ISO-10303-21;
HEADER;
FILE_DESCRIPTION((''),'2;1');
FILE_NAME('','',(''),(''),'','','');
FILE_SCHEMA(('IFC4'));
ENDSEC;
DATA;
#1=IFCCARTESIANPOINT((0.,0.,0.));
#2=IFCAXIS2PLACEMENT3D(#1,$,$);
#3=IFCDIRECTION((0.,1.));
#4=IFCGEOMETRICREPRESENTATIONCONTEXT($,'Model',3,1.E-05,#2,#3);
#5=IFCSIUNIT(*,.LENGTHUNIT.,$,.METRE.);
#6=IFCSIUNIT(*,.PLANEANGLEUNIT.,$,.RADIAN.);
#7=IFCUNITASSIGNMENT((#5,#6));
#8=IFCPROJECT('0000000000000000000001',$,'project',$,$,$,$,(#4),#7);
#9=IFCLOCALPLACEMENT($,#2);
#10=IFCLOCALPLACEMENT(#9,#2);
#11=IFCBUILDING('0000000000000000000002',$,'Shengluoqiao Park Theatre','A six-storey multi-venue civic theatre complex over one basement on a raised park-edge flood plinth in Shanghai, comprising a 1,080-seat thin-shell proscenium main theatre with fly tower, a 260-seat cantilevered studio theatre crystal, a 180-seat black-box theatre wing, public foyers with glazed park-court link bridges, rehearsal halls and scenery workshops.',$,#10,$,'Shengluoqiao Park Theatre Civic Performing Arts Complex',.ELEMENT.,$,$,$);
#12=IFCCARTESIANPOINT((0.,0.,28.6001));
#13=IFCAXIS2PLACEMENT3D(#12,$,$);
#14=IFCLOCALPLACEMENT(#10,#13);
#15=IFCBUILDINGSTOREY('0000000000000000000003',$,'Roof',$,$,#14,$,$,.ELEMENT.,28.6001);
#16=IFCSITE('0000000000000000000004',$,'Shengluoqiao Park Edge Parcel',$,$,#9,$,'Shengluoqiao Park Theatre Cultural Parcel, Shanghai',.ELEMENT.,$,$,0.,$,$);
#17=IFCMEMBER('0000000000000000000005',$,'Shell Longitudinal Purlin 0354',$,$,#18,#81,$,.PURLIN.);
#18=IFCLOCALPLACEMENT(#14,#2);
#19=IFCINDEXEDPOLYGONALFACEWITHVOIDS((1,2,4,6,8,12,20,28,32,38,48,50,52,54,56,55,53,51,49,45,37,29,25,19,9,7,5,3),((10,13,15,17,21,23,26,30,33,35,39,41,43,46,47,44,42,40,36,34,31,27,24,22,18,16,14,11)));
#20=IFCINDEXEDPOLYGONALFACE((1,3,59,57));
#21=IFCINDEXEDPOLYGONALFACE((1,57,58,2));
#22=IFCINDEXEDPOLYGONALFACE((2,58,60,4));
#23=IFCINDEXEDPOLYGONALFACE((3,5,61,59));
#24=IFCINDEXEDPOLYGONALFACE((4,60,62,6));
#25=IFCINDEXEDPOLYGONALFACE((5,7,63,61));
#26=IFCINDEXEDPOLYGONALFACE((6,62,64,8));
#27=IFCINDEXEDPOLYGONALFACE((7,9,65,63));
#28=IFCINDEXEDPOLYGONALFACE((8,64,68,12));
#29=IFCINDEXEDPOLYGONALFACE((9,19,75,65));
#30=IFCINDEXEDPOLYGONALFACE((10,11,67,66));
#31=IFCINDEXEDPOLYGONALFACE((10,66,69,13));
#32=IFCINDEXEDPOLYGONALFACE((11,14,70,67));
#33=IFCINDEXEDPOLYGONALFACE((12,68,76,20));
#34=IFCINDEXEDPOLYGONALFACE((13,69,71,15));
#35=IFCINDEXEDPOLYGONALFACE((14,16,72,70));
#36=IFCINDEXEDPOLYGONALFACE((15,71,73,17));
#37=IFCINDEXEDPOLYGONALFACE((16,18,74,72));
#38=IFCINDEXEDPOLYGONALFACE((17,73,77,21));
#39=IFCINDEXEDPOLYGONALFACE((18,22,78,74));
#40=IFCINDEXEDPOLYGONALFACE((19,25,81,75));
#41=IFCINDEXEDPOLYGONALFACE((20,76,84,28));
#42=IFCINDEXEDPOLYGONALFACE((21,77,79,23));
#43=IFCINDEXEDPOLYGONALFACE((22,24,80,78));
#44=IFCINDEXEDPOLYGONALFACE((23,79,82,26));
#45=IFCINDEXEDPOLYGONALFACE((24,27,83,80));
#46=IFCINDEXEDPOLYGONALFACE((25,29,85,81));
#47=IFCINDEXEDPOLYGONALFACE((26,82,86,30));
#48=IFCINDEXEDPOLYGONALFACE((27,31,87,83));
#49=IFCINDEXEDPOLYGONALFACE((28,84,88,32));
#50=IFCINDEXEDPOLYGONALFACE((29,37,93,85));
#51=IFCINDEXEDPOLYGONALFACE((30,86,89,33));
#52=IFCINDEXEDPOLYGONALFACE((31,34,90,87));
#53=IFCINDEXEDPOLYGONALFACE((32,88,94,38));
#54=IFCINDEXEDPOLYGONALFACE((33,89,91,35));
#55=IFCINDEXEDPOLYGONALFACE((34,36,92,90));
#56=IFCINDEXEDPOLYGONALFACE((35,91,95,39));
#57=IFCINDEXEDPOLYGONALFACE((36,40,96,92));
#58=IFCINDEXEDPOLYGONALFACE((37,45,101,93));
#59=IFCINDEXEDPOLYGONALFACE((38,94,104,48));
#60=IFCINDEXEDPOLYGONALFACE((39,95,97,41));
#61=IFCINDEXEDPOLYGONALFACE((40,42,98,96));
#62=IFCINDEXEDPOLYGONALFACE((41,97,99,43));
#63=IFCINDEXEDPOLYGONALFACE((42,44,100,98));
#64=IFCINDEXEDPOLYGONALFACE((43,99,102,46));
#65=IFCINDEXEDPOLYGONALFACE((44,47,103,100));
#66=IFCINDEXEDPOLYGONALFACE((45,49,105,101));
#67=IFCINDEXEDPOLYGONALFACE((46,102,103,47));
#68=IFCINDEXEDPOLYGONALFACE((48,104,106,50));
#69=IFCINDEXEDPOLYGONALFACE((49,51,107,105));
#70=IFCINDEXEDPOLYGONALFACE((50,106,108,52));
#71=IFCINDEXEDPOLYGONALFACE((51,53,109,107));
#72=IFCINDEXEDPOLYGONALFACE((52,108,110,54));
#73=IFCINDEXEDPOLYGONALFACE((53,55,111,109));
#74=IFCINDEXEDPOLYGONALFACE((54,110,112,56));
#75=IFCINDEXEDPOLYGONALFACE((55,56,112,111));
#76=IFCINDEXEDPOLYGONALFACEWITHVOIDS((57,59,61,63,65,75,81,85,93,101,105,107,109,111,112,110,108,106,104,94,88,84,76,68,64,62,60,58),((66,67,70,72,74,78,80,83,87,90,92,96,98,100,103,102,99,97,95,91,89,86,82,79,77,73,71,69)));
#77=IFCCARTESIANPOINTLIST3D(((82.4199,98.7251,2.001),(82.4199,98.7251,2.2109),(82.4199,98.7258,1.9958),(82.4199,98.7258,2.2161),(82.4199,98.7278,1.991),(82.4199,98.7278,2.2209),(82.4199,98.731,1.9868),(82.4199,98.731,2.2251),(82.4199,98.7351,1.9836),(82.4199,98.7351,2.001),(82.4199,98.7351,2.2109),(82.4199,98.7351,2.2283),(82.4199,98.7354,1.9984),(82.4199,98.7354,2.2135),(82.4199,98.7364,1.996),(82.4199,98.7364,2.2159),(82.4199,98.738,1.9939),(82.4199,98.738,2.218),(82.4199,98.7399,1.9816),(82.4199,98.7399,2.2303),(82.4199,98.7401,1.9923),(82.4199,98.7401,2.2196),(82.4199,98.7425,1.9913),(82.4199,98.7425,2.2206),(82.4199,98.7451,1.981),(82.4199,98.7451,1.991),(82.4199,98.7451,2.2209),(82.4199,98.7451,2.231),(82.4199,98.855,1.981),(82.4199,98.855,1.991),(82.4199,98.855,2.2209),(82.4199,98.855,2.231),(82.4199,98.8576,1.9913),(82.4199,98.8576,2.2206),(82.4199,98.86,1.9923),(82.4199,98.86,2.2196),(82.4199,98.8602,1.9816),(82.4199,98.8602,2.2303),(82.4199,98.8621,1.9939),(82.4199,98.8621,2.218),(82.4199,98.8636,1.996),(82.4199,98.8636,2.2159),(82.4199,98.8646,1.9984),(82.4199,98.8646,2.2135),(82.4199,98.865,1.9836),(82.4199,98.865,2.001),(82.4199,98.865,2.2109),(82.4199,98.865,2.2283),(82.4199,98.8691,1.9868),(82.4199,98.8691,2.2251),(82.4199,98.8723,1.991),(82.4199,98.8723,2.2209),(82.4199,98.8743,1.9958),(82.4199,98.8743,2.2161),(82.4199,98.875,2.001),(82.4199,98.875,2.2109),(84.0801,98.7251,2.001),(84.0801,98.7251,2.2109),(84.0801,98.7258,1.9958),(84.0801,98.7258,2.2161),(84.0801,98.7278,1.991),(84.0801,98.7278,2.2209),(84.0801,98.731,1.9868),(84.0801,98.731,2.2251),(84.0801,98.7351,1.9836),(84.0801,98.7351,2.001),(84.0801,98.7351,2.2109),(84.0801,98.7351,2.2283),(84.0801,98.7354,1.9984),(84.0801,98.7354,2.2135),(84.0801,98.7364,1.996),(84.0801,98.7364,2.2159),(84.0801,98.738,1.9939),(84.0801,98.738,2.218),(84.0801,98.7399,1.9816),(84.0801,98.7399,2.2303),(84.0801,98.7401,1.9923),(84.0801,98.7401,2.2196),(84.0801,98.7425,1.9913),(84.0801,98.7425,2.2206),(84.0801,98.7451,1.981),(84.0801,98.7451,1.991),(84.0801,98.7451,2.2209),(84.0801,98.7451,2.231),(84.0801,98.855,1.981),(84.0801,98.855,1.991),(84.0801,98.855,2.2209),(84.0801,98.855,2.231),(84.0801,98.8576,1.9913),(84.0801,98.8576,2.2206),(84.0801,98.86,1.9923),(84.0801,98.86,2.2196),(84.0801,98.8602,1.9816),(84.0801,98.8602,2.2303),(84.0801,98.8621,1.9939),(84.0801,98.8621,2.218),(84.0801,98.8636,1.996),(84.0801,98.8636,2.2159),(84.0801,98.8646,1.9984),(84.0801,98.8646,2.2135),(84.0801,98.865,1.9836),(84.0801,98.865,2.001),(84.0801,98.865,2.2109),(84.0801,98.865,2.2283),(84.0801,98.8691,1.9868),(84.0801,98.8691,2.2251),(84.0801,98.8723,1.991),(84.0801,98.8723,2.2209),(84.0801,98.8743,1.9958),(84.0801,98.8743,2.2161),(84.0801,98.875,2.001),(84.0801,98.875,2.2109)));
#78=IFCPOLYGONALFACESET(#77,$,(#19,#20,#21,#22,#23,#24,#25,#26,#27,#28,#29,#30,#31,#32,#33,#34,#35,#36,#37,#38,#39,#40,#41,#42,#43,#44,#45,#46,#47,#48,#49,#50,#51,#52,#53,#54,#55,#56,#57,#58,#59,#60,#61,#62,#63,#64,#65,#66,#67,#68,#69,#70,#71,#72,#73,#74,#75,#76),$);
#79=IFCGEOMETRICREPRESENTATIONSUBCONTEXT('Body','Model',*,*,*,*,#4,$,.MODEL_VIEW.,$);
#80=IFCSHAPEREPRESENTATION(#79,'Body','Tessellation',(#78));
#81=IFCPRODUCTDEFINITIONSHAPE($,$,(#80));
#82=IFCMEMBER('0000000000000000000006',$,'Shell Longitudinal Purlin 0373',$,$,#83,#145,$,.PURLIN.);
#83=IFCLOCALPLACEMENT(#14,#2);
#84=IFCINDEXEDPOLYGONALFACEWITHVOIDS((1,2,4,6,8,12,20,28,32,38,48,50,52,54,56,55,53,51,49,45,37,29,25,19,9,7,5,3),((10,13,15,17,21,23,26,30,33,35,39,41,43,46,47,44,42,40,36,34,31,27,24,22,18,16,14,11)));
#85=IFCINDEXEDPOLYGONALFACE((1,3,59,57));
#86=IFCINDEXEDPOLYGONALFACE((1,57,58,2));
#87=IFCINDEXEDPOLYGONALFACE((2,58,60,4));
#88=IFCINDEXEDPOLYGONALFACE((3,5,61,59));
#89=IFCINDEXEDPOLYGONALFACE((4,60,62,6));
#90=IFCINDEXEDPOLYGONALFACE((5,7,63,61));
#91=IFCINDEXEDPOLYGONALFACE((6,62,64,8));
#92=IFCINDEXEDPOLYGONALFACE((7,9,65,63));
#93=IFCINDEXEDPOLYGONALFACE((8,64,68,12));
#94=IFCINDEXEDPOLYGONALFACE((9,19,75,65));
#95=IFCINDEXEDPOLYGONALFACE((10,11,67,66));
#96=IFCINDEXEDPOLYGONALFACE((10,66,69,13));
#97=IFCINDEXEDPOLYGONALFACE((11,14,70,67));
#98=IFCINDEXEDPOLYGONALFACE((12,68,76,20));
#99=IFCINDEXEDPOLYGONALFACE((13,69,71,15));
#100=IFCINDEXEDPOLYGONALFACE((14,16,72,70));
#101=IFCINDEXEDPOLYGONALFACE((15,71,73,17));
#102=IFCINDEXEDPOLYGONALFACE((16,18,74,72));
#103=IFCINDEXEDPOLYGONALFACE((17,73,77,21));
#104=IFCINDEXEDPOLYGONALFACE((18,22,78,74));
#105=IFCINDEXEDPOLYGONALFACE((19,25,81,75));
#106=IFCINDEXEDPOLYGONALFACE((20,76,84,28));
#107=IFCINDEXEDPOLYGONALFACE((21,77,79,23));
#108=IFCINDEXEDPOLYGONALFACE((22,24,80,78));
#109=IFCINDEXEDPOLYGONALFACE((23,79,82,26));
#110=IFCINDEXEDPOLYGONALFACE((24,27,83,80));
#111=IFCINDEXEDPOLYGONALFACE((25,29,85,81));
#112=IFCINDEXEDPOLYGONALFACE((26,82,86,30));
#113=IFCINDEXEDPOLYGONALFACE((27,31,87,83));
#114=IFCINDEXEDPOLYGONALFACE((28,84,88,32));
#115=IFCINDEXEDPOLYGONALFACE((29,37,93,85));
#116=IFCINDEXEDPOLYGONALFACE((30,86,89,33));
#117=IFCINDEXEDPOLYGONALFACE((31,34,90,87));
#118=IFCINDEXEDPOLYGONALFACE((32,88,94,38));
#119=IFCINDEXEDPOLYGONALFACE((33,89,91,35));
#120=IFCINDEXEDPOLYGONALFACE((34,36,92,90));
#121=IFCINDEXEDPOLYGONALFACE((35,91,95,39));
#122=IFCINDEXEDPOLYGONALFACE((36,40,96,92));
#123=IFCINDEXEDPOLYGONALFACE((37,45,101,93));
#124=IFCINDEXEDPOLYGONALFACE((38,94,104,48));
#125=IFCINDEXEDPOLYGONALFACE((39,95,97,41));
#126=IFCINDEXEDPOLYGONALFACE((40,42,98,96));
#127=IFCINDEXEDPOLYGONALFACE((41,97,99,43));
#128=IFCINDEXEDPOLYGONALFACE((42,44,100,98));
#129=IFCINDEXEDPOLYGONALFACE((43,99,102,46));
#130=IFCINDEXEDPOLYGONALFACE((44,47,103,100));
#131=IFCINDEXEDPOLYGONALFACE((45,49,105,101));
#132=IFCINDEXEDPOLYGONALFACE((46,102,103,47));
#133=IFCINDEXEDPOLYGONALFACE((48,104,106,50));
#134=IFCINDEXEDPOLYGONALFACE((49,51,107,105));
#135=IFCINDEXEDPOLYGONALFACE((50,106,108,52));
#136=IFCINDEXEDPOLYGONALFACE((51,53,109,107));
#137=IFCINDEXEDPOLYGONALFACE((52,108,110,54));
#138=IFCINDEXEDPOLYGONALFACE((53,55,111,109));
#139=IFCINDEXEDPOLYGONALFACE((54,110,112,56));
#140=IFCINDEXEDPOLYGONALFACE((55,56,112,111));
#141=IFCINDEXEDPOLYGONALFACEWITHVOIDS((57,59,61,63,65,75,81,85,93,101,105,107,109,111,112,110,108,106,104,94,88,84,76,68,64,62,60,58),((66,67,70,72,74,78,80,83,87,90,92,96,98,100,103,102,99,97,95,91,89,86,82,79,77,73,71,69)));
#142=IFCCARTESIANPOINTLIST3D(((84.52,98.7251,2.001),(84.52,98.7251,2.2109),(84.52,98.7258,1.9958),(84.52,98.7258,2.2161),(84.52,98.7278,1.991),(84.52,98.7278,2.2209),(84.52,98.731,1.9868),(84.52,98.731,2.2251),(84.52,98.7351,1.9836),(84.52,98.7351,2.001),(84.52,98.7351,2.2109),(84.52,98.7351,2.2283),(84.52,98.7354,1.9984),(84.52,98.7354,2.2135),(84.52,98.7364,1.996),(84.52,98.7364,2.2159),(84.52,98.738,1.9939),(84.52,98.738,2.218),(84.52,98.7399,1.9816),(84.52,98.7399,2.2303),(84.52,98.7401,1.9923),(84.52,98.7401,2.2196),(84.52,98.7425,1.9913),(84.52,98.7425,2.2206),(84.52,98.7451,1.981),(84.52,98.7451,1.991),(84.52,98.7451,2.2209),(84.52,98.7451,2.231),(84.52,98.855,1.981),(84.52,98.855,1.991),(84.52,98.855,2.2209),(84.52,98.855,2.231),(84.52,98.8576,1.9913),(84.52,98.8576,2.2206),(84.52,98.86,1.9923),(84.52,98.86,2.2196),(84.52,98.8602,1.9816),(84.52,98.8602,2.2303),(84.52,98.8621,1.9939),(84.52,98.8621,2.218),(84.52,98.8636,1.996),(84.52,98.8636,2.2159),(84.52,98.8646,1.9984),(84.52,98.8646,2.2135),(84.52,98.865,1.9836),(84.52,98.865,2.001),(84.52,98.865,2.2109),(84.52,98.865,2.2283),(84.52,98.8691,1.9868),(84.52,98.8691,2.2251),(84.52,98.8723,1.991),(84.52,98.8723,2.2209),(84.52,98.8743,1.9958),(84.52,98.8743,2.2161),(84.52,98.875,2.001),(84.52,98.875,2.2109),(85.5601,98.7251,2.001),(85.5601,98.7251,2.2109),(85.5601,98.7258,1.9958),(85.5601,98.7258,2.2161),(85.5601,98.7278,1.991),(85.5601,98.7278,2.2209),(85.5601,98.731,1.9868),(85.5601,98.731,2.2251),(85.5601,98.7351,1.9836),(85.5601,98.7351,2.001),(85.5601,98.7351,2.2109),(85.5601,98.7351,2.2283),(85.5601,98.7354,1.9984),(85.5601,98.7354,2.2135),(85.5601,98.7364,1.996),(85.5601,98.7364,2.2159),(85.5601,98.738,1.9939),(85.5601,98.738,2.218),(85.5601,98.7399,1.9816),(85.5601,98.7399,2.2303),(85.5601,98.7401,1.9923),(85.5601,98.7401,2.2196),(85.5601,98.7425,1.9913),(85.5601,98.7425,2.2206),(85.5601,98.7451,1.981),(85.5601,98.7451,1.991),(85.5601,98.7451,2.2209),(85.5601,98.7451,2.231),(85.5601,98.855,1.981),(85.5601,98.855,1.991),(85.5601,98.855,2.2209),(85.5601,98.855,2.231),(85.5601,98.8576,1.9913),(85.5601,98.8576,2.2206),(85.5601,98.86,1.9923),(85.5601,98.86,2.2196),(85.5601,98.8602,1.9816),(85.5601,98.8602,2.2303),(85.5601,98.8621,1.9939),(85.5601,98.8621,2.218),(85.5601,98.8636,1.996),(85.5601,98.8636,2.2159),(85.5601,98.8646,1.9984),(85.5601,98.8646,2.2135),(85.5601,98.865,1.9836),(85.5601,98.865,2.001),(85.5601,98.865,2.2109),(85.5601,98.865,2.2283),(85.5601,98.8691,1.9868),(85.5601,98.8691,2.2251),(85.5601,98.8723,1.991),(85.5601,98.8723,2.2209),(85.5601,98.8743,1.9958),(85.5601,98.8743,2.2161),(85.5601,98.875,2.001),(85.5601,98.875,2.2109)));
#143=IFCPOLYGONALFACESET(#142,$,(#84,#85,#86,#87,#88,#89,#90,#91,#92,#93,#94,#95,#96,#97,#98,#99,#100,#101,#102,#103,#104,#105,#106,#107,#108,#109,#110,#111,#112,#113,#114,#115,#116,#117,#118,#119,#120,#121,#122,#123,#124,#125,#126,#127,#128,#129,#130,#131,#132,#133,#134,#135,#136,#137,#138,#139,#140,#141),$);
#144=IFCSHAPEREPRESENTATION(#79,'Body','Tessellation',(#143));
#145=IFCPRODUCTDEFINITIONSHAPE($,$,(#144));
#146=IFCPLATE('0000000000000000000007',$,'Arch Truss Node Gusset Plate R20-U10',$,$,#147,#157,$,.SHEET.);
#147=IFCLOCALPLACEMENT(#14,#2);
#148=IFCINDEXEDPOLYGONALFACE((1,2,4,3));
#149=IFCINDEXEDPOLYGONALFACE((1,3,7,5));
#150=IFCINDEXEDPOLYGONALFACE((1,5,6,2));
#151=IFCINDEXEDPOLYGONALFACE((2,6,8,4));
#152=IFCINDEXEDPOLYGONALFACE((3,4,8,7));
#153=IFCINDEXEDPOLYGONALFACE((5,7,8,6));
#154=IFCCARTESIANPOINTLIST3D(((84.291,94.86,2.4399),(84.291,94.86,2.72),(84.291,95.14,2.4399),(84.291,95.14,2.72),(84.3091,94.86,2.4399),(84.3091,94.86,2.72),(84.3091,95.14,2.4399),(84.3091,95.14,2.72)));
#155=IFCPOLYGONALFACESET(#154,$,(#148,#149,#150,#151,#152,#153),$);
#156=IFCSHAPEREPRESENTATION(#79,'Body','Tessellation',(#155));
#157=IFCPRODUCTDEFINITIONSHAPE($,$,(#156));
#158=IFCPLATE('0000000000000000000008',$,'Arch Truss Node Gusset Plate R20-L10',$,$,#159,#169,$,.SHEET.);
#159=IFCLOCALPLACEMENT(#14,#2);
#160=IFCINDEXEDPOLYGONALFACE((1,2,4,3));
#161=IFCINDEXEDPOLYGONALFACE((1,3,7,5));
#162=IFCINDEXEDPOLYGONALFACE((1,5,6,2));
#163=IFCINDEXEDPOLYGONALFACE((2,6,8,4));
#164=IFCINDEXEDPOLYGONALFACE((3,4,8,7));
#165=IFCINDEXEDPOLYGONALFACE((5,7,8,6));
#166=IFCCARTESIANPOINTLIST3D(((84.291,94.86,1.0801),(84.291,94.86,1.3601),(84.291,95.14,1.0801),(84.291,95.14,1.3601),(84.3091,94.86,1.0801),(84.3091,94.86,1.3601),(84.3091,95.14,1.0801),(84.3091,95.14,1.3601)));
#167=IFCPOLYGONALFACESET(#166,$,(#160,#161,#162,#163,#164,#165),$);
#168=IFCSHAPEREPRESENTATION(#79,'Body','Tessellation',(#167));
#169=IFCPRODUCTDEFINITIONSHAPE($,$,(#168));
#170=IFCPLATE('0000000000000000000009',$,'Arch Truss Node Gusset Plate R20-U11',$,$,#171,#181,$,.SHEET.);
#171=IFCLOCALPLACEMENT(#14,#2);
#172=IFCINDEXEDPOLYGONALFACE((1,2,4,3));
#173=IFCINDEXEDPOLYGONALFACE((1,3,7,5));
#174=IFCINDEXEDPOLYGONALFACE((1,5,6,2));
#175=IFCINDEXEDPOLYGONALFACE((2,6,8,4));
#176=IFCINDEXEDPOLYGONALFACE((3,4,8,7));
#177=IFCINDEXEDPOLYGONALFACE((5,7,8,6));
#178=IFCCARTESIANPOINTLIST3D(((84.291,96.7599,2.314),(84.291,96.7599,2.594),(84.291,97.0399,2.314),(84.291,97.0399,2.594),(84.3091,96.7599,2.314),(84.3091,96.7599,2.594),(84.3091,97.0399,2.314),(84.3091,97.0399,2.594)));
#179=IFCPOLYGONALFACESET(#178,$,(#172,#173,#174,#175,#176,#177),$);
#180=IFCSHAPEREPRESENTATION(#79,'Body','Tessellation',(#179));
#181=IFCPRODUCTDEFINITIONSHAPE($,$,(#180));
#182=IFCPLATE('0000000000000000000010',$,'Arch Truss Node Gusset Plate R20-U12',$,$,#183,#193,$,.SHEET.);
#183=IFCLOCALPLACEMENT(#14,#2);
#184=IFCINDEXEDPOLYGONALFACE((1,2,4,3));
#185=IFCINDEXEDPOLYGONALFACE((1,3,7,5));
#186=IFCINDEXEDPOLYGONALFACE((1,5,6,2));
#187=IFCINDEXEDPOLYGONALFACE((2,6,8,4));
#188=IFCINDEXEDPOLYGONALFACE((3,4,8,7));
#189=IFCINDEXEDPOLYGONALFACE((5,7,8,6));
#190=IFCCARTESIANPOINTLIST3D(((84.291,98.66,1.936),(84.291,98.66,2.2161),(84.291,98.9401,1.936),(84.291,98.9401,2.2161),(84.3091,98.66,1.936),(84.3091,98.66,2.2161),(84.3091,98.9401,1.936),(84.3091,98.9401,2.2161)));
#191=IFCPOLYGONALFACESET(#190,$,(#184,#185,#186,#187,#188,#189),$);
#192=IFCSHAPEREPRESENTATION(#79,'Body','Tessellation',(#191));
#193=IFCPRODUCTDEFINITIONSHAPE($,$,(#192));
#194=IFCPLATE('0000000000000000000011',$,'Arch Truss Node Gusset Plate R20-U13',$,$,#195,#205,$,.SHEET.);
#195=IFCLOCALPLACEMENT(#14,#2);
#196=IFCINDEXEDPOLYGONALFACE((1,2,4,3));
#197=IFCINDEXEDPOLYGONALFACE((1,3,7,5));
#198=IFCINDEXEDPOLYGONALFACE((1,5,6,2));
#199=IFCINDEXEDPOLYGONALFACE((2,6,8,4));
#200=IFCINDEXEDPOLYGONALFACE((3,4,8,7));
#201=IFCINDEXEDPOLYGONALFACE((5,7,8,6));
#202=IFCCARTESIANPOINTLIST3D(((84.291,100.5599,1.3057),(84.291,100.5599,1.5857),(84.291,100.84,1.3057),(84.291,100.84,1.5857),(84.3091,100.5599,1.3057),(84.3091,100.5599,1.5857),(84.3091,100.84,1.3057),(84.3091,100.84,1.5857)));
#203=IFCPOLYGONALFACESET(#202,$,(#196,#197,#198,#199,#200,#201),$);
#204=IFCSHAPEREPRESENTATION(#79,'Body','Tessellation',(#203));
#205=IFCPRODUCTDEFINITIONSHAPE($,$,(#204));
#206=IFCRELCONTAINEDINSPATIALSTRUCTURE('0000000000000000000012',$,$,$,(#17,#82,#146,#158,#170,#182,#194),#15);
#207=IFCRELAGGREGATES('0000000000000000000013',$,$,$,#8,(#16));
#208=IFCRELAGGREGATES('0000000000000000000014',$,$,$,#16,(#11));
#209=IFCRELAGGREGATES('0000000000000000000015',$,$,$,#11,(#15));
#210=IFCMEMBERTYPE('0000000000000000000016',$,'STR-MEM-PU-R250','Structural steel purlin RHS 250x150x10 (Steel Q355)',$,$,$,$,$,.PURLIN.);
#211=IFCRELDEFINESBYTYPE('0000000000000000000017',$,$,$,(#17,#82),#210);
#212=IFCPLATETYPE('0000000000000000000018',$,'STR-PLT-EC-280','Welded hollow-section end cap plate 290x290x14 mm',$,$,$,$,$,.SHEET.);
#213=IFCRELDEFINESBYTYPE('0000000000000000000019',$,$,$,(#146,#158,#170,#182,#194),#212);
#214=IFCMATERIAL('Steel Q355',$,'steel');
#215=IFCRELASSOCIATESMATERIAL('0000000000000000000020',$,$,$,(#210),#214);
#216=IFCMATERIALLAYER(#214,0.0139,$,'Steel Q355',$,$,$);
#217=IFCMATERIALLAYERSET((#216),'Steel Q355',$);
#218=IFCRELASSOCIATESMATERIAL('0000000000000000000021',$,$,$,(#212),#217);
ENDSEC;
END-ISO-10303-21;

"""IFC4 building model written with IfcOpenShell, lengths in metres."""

from ifc_helpers import new_model, si_unit, direction, frame, origin, origin_2d, place, context, subcontext, project, spatial, rectangle, hollow_rectangle, extrude, material, layer, layer_set, material_profile, profile_set, type_object, element, save


model = new_model("IFC4")

# Units and contexts
model_context = context("Model", 3, precision=1e-05, world=origin(), true_north=direction((0.0, 1.0)))
body_context = subcontext(model_context, "Body", "Model", "MODEL_VIEW")
ifc_project = project(units=[si_unit("LENGTHUNIT", "METRE"), si_unit("PLANEANGLEUNIT", "RADIAN")], contexts=[model_context])

# Site, building, storey
site_placement = place(None, origin())
site = spatial("IfcSite", under=ifc_project, at=site_placement, Name="Shengluoqiao Park Edge Parcel", LongName="Shengluoqiao Park Theatre Cultural Parcel, Shanghai", CompositionType="ELEMENT", RefElevation=0.0)
building_placement = place(site_placement, origin())
building = spatial("IfcBuilding", under=site, at=building_placement, Name="Shengluoqiao Park Theatre", Description="A six-storey multi-venue civic theatre complex over one basement on a raised park-edge flood plinth in Shanghai, comprising a 1,080-seat thin-shell proscenium main theatre with fly tower, a 260-seat cantilevered studio theatre crystal, a 180-seat black-box theatre wing, public foyers with glazed park-court link bridges, rehearsal halls and scenery workshops.", LongName="Shengluoqiao Park Theatre Civic Performing Arts Complex", CompositionType="ELEMENT")
storey_placement = place(building_placement, frame((0.0, 0.0, 28.6001)))
storey = spatial("IfcBuildingStorey", under=building, at=storey_placement, Name="Roof", CompositionType="ELEMENT", Elevation=28.6001)

# Shared definitions
ifc_material_1 = material(Name="Steel Q355", Category="steel")

# Members
ifc_material_profile_1 = material_profile(ifc_material_1, hollow_rectangle(XDim=0.1499, YDim=0.25, WallThickness=0.01, InnerFilletRadius=0.01, OuterFilletRadius=0.02, at=origin_2d()), Name="RHS 250x150x10")
ifc_profile_set_1 = profile_set([ifc_material_profile_1], Name="Steel Q355")
member_type_1 = type_object("IfcMemberType", Name="STR-MEM-PU-R250", Description="Structural steel purlin RHS 250x150x10 (Steel Q355)", PredefinedType="PURLIN", material=ifc_profile_set_1)
member_1_placement = place(storey_placement, frame((82.4199, 98.8, 2.106), z_axis=(1.0, 0.0, 0.0), x_axis=(0.0, 1.0, 0.0)))
element("IfcMember", 1, at=member_1_placement, inside=storey, type_object=member_type_1, Name="Shell Longitudinal Purlin 0354", PredefinedType="PURLIN", context=body_context, shape_type="SweptSolid", body=[
    extrude(hollow_rectangle(XDim=0.1499, YDim=0.25, WallThickness=0.01, InnerFilletRadius=0.01, OuterFilletRadius=0.02, at=origin_2d()), origin(), (0.0, 0.0, 1.0), 1.6602),
])
member_2_placement = place(storey_placement, frame((84.52, 98.8, 2.106), z_axis=(1.0, 0.0, 0.0), x_axis=(0.0, 1.0, 0.0)))
element("IfcMember", 2, at=member_2_placement, inside=storey, type_object=member_type_1, Name="Shell Longitudinal Purlin 0373", PredefinedType="PURLIN", context=body_context, shape_type="SweptSolid", body=[
    extrude(hollow_rectangle(XDim=0.1499, YDim=0.25, WallThickness=0.01, InnerFilletRadius=0.01, OuterFilletRadius=0.02, at=origin_2d()), origin(), (0.0, 0.0, 1.0), 1.04),
])

# Plates
ifc_layer_1 = layer(ifc_material_1, 0.0139, Name="Steel Q355")
ifc_layer_set_1 = layer_set([ifc_layer_1], Name="Steel Q355")
plate_type_1 = type_object("IfcPlateType", Name="STR-PLT-EC-280", Description="Welded hollow-section end cap plate 290x290x14 mm", PredefinedType="SHEET", material=ifc_layer_set_1)
for number, where, z_axis, x_axis, name in (
    (3, (84.3, 95.0, 2.4399), (0.0, 0.0, 1.0), (1.0, 0.0, 0.0), "Arch Truss Node Gusset Plate R20-U10"),
    (4, (84.3, 95.0, 1.0801), (0.0, 0.0, 1.0), (1.0, 0.0, 0.0), "Arch Truss Node Gusset Plate R20-L10"),
    (5, (84.3, 96.8999, 2.314), (0.0, 0.0, 1.0), (1.0, 0.0, 0.0), "Arch Truss Node Gusset Plate R20-U11"),
    (6, (84.3, 98.8, 1.936), (0.0, 0.0, 1.0), (1.0, 0.0, 0.0), "Arch Truss Node Gusset Plate R20-U12"),
    (7, (84.3, 100.7, 1.3057), (0.0, 0.0, 1.0), (1.0, 0.0, 0.0), "Arch Truss Node Gusset Plate R20-U13"),
):
    element("IfcPlate", number, at=place(storey_placement, frame(where, z_axis=z_axis, x_axis=x_axis)), inside=storey, type_object=plate_type_1, Name=name, PredefinedType="SHEET", context=body_context, shape_type="SweptSolid", body=[
        extrude(rectangle(XDim=0.0181, YDim=0.28, at=origin_2d()), origin(), (0.0, 0.0, 1.0), 0.28),
    ])

save(model, "model.ifc")
